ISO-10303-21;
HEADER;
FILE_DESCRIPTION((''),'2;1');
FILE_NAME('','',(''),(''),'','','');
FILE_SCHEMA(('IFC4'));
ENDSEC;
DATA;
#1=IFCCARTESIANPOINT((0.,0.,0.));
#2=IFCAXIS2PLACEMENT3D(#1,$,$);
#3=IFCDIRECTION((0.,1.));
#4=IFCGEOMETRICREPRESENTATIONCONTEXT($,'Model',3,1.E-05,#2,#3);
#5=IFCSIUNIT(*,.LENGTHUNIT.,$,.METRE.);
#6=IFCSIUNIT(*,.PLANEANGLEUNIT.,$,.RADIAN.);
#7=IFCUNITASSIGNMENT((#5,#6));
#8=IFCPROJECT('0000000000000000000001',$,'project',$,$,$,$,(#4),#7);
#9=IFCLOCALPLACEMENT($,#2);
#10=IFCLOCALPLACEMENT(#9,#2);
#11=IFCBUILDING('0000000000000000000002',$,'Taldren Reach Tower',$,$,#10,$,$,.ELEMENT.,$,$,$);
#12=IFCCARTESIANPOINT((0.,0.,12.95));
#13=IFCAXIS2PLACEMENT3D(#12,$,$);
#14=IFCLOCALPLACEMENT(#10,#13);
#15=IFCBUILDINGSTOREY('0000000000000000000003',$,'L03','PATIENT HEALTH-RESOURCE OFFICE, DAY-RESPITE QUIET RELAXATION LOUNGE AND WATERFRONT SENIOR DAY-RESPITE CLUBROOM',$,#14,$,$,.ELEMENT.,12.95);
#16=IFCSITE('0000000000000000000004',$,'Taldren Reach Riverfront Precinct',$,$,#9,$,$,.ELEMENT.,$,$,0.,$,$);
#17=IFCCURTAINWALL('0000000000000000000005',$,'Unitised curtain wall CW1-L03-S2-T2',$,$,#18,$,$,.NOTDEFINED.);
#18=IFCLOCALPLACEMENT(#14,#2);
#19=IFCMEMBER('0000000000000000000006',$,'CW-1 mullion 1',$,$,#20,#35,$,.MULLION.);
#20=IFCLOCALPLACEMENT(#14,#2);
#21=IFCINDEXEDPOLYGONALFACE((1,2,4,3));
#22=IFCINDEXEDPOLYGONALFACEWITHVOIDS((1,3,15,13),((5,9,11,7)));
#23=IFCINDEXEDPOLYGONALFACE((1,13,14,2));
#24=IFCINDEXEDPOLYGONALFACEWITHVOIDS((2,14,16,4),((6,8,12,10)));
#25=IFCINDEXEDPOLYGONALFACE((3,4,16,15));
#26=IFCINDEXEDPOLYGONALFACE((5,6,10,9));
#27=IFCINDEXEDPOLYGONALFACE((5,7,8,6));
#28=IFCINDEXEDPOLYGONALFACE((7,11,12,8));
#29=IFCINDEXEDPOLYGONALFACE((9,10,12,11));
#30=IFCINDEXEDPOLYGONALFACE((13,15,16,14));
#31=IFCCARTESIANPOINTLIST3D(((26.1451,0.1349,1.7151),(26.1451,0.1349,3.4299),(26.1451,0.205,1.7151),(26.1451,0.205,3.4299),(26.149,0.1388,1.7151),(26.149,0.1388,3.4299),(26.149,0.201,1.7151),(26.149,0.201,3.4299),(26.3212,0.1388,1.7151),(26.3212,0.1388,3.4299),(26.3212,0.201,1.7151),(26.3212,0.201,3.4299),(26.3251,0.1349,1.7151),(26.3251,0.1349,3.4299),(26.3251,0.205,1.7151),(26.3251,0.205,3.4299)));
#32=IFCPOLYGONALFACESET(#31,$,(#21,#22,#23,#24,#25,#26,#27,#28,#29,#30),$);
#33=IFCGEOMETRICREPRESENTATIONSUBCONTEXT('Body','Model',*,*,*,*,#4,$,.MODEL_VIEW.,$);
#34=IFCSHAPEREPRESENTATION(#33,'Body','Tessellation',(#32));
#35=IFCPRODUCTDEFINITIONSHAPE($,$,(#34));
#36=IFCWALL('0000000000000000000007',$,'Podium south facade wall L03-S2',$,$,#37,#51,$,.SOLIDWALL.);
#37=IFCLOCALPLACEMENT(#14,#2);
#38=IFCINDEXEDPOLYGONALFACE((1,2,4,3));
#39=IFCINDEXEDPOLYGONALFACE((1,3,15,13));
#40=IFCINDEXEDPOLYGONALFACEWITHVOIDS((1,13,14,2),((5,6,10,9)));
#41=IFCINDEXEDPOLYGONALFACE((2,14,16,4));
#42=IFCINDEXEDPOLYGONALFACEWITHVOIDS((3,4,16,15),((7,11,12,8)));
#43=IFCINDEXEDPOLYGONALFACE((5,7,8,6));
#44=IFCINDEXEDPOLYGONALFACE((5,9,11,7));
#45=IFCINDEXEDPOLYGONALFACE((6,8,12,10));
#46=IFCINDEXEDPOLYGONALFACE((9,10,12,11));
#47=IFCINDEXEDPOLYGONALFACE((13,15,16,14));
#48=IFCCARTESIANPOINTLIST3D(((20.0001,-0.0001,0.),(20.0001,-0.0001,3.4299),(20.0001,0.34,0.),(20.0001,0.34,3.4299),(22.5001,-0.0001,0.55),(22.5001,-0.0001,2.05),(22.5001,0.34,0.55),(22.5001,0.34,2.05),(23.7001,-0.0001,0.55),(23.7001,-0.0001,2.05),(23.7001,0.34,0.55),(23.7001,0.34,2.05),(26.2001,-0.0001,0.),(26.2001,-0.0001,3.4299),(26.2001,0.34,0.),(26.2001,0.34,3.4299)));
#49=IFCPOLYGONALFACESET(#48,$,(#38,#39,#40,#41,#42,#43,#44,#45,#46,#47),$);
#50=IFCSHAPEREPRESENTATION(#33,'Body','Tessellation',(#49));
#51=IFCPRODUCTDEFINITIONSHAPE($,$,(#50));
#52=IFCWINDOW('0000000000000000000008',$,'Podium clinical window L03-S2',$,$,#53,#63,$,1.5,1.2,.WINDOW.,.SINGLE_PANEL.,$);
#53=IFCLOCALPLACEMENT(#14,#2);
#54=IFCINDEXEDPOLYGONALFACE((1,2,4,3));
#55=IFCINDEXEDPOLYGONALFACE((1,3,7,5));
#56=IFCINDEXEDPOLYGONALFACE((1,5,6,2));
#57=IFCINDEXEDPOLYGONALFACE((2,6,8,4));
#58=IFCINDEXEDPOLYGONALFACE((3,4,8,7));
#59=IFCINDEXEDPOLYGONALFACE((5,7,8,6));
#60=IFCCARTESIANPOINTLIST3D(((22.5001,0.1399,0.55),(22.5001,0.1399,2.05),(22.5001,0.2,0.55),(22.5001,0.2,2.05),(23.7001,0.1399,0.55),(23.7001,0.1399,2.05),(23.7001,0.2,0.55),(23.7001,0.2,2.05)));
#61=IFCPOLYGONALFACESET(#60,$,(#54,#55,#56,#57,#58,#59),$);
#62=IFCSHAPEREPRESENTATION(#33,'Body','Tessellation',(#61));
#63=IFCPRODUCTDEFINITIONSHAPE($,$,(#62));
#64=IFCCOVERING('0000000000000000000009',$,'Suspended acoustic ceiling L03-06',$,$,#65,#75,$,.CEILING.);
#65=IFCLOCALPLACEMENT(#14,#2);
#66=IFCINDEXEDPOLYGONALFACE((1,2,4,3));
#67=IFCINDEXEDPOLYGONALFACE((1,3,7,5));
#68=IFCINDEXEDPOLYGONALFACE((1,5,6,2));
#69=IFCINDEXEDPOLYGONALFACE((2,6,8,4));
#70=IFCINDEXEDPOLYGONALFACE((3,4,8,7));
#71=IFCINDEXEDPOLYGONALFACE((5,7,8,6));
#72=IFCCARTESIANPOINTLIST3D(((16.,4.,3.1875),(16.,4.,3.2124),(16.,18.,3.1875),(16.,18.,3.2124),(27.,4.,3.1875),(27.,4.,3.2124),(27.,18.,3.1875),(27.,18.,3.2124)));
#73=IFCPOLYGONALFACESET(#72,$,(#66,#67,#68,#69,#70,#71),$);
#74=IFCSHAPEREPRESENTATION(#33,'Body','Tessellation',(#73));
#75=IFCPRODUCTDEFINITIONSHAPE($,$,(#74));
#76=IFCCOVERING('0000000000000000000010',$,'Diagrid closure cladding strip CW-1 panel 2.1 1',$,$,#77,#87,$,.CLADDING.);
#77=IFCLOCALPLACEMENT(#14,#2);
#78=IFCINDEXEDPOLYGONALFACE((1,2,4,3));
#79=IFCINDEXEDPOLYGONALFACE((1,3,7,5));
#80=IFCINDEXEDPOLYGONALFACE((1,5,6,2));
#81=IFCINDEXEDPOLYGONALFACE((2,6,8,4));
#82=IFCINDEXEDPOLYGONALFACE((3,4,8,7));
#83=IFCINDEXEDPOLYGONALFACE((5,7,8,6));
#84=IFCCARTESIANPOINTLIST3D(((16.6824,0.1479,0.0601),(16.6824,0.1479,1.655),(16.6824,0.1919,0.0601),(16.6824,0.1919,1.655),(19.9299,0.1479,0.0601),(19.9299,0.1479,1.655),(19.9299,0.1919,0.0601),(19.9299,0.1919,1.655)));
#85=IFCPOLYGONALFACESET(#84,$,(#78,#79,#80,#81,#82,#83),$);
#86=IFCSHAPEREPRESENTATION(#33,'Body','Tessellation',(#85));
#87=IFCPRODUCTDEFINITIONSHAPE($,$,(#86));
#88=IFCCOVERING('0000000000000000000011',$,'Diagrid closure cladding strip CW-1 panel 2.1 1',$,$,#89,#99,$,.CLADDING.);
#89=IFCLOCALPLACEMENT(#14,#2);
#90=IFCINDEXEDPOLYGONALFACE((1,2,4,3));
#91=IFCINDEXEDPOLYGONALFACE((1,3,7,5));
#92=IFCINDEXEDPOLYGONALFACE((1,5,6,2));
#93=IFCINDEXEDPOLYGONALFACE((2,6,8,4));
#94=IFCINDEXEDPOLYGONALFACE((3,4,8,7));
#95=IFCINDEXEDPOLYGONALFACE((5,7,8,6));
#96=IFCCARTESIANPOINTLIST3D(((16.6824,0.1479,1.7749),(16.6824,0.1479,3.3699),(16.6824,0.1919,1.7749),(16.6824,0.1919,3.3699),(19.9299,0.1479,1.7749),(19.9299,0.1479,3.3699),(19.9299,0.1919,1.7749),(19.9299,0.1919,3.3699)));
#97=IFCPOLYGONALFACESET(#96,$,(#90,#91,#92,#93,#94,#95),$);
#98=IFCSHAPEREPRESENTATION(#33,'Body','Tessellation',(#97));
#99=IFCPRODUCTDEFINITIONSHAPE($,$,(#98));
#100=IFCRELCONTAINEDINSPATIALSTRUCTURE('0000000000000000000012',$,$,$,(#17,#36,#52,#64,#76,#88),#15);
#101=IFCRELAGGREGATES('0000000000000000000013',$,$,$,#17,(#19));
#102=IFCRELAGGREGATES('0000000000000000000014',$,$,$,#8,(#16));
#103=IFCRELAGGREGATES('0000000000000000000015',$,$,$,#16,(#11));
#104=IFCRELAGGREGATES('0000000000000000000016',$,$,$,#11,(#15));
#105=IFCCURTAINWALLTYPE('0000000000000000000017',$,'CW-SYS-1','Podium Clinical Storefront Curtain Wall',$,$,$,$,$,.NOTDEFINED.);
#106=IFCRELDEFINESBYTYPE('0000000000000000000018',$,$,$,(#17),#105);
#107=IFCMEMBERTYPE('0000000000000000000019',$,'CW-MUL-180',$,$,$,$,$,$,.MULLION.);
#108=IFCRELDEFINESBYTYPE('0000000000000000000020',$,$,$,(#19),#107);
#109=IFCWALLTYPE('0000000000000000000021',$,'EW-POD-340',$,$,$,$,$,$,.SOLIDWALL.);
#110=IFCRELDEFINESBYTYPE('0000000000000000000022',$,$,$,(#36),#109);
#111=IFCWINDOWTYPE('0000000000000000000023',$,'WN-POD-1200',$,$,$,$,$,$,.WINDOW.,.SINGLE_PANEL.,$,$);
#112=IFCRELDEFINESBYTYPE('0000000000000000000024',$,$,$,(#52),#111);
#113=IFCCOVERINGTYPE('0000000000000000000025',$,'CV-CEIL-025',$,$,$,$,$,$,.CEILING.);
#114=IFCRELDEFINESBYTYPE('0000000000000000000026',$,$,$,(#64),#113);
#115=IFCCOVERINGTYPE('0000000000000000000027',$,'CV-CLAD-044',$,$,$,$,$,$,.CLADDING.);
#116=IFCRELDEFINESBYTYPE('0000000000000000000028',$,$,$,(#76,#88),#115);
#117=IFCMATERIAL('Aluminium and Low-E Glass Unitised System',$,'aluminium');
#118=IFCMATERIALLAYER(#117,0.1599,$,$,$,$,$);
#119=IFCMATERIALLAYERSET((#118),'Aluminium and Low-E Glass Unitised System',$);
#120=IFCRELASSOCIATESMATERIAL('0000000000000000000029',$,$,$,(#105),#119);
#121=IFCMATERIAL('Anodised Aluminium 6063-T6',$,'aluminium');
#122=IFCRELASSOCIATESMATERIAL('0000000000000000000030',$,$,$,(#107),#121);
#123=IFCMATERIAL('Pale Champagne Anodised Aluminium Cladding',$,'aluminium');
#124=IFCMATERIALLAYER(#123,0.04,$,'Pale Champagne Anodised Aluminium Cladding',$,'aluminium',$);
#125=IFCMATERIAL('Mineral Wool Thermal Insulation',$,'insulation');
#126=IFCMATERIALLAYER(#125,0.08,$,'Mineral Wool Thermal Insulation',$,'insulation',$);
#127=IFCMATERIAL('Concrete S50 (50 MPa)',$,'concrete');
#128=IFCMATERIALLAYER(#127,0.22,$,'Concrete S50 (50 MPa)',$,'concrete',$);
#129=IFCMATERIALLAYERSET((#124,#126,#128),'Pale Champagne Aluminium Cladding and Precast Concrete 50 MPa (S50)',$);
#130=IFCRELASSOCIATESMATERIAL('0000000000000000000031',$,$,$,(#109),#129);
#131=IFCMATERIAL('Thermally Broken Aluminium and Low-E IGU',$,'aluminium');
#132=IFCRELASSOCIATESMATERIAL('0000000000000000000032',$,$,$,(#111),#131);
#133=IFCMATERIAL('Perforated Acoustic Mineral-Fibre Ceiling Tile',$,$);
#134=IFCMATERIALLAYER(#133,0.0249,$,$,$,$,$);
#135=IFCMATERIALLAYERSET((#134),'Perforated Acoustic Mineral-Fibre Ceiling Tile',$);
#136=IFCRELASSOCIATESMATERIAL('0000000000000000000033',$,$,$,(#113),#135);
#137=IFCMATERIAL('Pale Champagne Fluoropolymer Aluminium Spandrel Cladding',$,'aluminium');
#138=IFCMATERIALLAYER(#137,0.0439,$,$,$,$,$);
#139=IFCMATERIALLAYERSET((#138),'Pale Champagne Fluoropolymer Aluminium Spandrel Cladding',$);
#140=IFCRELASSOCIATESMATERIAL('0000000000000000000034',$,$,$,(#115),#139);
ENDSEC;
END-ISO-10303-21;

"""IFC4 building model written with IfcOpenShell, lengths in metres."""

from ifc_helpers import new_model, si_unit, direction, frame, frame_2d, origin, origin_2d, place, context, subcontext, project, spatial, rectangle, hollow_rectangle, extrude, source, transform, mapped, material, layer, layer_set, material_profile, profile_set, type_object, element, fill, aggregate, save


model = new_model("IFC4")

# Units and contexts
model_context = context("Model", 3, precision=1e-05, world=origin(), true_north=direction((0.0, 1.0)))
body_context = subcontext(model_context, "Body", "Model", "MODEL_VIEW")
ifc_project = project(units=[si_unit("LENGTHUNIT", "METRE"), si_unit("PLANEANGLEUNIT", "RADIAN")], contexts=[model_context])

# Site, building, storey
site_placement = place(None, origin())
site = spatial("IfcSite", under=ifc_project, at=site_placement, Name="Taldren Reach Riverfront Precinct", CompositionType="ELEMENT", RefElevation=0.0)
building_placement = place(site_placement, origin())
building = spatial("IfcBuilding", under=site, at=building_placement, Name="Taldren Reach Tower", CompositionType="ELEMENT")
storey_placement = place(building_placement, frame((0.0, 0.0, 12.95)))
storey = spatial("IfcBuildingStorey", under=building, at=storey_placement, Name="L03", Description="PATIENT HEALTH-RESOURCE OFFICE, DAY-RESPITE QUIET RELAXATION LOUNGE AND WATERFRONT SENIOR DAY-RESPITE CLUBROOM", CompositionType="ELEMENT", Elevation=12.95)

# Shared definitions
ifc_material_1 = material(Name="Aluminium and Low-E Glass Unitised System", Category="aluminium")
ifc_layer_1 = layer(ifc_material_1, 0.1599)
ifc_layer_set_1 = layer_set([ifc_layer_1], Name="Aluminium and Low-E Glass Unitised System")
curtain_wall_type = type_object("IfcCurtainWallType", Name="CW-SYS-1", Description="Podium Clinical Storefront Curtain Wall", PredefinedType="NOTDEFINED", material=ifc_layer_set_1)
ifc_material_2 = material(Name="Anodised Aluminium 6063-T6", Category="aluminium")

# Shared definitions
ifc_material_profile_1 = material_profile(ifc_material_2, hollow_rectangle(XDim=0.0701, YDim=0.1799, WallThickness=0.0039, at=origin_2d()), Name="ALU-180x70x4RHS")
ifc_profile_set_1 = profile_set([ifc_material_profile_1], Name="Anodised Aluminium 6063-T6")
member_type_1 = type_object("IfcMemberType", Name="CW-MUL-180", PredefinedType="MULLION", material=ifc_profile_set_1)

# Curtain wall, member
shared_shape_1 = source(origin(), body_context, "Body", "SweptSolid", [
    extrude(hollow_rectangle(XDim=0.0701, YDim=0.1799, WallThickness=0.0039, at=origin_2d()), origin(), (0.0, 0.0, 1.0), 1.7148),
])
curtain_wall_1_placement = place(storey_placement, origin())
curtain_wall_1 = element("IfcCurtainWall", 1, at=curtain_wall_1_placement, inside=storey, type_object=curtain_wall_type, Name="Unitised curtain wall CW1-L03-S2-T2", PredefinedType="NOTDEFINED")
member_1_placement = place(storey_placement, frame((26.2351, 0.1699, 1.7151), z_axis=(0.0, 0.0, 1.0), x_axis=(0.0, 1.0, 0.0)))
member_1 = element("IfcMember", 2, at=member_1_placement, type_object=member_type_1, Name="CW-1 mullion 1", PredefinedType="MULLION", context=body_context, shape_type="MappedRepresentation", body=[
    mapped(shared_shape_1, transform((0.0, 0.0, 0.0), scale=1.0)),
])
aggregate(curtain_wall_1, [member_1])

# Wall, opening, window
ifc_material_3 = material(Name="Pale Champagne Anodised Aluminium Cladding", Category="aluminium")
ifc_layer_2 = layer(ifc_material_3, 0.04, Name="Pale Champagne Anodised Aluminium Cladding", Category="aluminium")
ifc_material_4 = material(Name="Mineral Wool Thermal Insulation", Category="insulation")
ifc_layer_3 = layer(ifc_material_4, 0.08, Name="Mineral Wool Thermal Insulation", Category="insulation")
ifc_material_5 = material(Name="Concrete S50 (50 MPa)", Category="concrete")
ifc_layer_4 = layer(ifc_material_5, 0.22, Name="Concrete S50 (50 MPa)", Category="concrete")
ifc_layer_set_2 = layer_set([ifc_layer_2, ifc_layer_3, ifc_layer_4], Name="Pale Champagne Aluminium Cladding and Precast Concrete 50 MPa (S50)")
wall_type = type_object("IfcWallType", Name="EW-POD-340", PredefinedType="SOLIDWALL", material=ifc_layer_set_2)
shared_shape_2 = source(origin(), body_context, "Body", "SweptSolid", [
    extrude(rectangle(XDim=6.2, YDim=0.3401, at=frame_2d((3.1001, 0.0))), origin(), (0.0, 0.0, 1.0), 3.4299),
])
wall_placement = place(storey_placement, frame((20.0, 0.1699, 0.0), z_axis=(0.0, 0.0, 1.0), x_axis=(1.0, 0.0, 0.0)))
wall = element("IfcWall", 3, at=wall_placement, inside=storey, type_object=wall_type, Name="Podium south facade wall L03-S2", PredefinedType="SOLIDWALL", context=body_context, shape_type="MappedRepresentation", body=[
    mapped(shared_shape_2, transform((0.0, 0.0, 0.0), scale=1.0)),
])
shared_shape_3 = source(origin(), body_context, "Body", "SweptSolid", [
    extrude(rectangle(XDim=1.2, YDim=1.5, at=frame_2d((0.6001, 0.75))), frame((0.0, 0.1802, 0.0), z_axis=(0.0, -1.0, 0.0), x_axis=(1.0, 0.0, 0.0)), (0.0, 0.0, 1.0), 0.3601),
])
opening_placement = place(wall_placement, frame((2.5, 0.0, 0.55)))
opening = element("IfcOpeningElement", 4, at=opening_placement, cuts=wall, PredefinedType="OPENING", context=body_context, shape_type="MappedRepresentation", body=[
    mapped(shared_shape_3, transform((0.0, 0.0, 0.0), scale=1.0)),
])
ifc_material_6 = material(Name="Thermally Broken Aluminium and Low-E IGU", Category="aluminium")
window_type = type_object("IfcWindowType", Name="WN-POD-1200", PartitioningType="SINGLE_PANEL", PredefinedType="WINDOW", material=ifc_material_6)
shared_shape_4 = source(origin(), body_context, "Body", "SweptSolid", [
    extrude(rectangle(XDim=1.2, YDim=1.5, at=frame_2d((0.6001, 0.75))), frame((0.0, 0.03, 0.0), z_axis=(0.0, -1.0, 0.0), x_axis=(1.0, 0.0, 0.0)), (0.0, 0.0, 1.0), 0.0601),
])
window_placement = place(opening_placement, origin())
window = element("IfcWindow", 5, at=window_placement, inside=storey, type_object=window_type, Name="Podium clinical window L03-S2", OverallHeight=1.5, OverallWidth=1.2, PartitioningType="SINGLE_PANEL", PredefinedType="WINDOW", context=body_context, shape_type="MappedRepresentation", body=[
    mapped(shared_shape_4, transform((0.0, 0.0, 0.0), scale=1.0)),
])
fill(opening, window)

# Coverings
ifc_material_7 = material(Name="Perforated Acoustic Mineral-Fibre Ceiling Tile")
ifc_layer_5 = layer(ifc_material_7, 0.0249)
ifc_layer_set_3 = layer_set([ifc_layer_5], Name="Perforated Acoustic Mineral-Fibre Ceiling Tile")
covering_type_1 = type_object("IfcCoveringType", Name="CV-CEIL-025", PredefinedType="CEILING", material=ifc_layer_set_3)
shared_shape_5 = source(origin(), body_context, "Body", "SweptSolid", [
    extrude(rectangle(XDim=11.0, YDim=14.0, at=origin_2d()), origin(), (0.0, 0.0, 1.0), 0.0249),
])
covering_placement = place(storey_placement, frame((21.5, 11.0, 3.1875), z_axis=(0.0, 0.0, 1.0), x_axis=(1.0, 0.0, 0.0)))
element("IfcCovering", 6, at=covering_placement, inside=storey, type_object=covering_type_1, Name="Suspended acoustic ceiling L03-06", PredefinedType="CEILING", context=body_context, shape_type="MappedRepresentation", body=[
    mapped(shared_shape_5, transform((0.0, 0.0, 0.0), scale=1.0)),
])
ifc_material_8 = material(Name="Pale Champagne Fluoropolymer Aluminium Spandrel Cladding", Category="aluminium")
ifc_layer_6 = layer(ifc_material_8, 0.0439)
ifc_layer_set_4 = layer_set([ifc_layer_6], Name="Pale Champagne Fluoropolymer Aluminium Spandrel Cladding")
covering_type_2 = type_object("IfcCoveringType", Name="CV-CLAD-044", PredefinedType="CLADDING", material=ifc_layer_set_4)
shared_shape_6 = source(origin(), body_context, "Body", "SweptSolid", [
    extrude(rectangle(XDim=3.2476, YDim=0.0439, at=origin_2d()), origin(), (0.0, 0.0, 1.0), 1.595),
])
for number, where, z_axis, x_axis, name in (
    (7, (18.3062, 0.1699, 0.0601), (0.0, 0.0, 1.0), (1.0, 0.0, 0.0), "Diagrid closure cladding strip CW-1 panel 2.1 1"),
    (8, (18.3062, 0.1699, 1.7749), (0.0, 0.0, 1.0), (1.0, 0.0, 0.0), "Diagrid closure cladding strip CW-1 panel 2.1 1"),
):
    element("IfcCovering", number, at=place(storey_placement, frame(where, z_axis=z_axis, x_axis=x_axis)), inside=storey, type_object=covering_type_2, Name=name, PredefinedType="CLADDING", context=body_context, shape_type="MappedRepresentation", body=[
        mapped(shared_shape_6, transform((0.0, 0.0, 0.0), scale=1.0)),
    ])

save(model, "model.ifc")
